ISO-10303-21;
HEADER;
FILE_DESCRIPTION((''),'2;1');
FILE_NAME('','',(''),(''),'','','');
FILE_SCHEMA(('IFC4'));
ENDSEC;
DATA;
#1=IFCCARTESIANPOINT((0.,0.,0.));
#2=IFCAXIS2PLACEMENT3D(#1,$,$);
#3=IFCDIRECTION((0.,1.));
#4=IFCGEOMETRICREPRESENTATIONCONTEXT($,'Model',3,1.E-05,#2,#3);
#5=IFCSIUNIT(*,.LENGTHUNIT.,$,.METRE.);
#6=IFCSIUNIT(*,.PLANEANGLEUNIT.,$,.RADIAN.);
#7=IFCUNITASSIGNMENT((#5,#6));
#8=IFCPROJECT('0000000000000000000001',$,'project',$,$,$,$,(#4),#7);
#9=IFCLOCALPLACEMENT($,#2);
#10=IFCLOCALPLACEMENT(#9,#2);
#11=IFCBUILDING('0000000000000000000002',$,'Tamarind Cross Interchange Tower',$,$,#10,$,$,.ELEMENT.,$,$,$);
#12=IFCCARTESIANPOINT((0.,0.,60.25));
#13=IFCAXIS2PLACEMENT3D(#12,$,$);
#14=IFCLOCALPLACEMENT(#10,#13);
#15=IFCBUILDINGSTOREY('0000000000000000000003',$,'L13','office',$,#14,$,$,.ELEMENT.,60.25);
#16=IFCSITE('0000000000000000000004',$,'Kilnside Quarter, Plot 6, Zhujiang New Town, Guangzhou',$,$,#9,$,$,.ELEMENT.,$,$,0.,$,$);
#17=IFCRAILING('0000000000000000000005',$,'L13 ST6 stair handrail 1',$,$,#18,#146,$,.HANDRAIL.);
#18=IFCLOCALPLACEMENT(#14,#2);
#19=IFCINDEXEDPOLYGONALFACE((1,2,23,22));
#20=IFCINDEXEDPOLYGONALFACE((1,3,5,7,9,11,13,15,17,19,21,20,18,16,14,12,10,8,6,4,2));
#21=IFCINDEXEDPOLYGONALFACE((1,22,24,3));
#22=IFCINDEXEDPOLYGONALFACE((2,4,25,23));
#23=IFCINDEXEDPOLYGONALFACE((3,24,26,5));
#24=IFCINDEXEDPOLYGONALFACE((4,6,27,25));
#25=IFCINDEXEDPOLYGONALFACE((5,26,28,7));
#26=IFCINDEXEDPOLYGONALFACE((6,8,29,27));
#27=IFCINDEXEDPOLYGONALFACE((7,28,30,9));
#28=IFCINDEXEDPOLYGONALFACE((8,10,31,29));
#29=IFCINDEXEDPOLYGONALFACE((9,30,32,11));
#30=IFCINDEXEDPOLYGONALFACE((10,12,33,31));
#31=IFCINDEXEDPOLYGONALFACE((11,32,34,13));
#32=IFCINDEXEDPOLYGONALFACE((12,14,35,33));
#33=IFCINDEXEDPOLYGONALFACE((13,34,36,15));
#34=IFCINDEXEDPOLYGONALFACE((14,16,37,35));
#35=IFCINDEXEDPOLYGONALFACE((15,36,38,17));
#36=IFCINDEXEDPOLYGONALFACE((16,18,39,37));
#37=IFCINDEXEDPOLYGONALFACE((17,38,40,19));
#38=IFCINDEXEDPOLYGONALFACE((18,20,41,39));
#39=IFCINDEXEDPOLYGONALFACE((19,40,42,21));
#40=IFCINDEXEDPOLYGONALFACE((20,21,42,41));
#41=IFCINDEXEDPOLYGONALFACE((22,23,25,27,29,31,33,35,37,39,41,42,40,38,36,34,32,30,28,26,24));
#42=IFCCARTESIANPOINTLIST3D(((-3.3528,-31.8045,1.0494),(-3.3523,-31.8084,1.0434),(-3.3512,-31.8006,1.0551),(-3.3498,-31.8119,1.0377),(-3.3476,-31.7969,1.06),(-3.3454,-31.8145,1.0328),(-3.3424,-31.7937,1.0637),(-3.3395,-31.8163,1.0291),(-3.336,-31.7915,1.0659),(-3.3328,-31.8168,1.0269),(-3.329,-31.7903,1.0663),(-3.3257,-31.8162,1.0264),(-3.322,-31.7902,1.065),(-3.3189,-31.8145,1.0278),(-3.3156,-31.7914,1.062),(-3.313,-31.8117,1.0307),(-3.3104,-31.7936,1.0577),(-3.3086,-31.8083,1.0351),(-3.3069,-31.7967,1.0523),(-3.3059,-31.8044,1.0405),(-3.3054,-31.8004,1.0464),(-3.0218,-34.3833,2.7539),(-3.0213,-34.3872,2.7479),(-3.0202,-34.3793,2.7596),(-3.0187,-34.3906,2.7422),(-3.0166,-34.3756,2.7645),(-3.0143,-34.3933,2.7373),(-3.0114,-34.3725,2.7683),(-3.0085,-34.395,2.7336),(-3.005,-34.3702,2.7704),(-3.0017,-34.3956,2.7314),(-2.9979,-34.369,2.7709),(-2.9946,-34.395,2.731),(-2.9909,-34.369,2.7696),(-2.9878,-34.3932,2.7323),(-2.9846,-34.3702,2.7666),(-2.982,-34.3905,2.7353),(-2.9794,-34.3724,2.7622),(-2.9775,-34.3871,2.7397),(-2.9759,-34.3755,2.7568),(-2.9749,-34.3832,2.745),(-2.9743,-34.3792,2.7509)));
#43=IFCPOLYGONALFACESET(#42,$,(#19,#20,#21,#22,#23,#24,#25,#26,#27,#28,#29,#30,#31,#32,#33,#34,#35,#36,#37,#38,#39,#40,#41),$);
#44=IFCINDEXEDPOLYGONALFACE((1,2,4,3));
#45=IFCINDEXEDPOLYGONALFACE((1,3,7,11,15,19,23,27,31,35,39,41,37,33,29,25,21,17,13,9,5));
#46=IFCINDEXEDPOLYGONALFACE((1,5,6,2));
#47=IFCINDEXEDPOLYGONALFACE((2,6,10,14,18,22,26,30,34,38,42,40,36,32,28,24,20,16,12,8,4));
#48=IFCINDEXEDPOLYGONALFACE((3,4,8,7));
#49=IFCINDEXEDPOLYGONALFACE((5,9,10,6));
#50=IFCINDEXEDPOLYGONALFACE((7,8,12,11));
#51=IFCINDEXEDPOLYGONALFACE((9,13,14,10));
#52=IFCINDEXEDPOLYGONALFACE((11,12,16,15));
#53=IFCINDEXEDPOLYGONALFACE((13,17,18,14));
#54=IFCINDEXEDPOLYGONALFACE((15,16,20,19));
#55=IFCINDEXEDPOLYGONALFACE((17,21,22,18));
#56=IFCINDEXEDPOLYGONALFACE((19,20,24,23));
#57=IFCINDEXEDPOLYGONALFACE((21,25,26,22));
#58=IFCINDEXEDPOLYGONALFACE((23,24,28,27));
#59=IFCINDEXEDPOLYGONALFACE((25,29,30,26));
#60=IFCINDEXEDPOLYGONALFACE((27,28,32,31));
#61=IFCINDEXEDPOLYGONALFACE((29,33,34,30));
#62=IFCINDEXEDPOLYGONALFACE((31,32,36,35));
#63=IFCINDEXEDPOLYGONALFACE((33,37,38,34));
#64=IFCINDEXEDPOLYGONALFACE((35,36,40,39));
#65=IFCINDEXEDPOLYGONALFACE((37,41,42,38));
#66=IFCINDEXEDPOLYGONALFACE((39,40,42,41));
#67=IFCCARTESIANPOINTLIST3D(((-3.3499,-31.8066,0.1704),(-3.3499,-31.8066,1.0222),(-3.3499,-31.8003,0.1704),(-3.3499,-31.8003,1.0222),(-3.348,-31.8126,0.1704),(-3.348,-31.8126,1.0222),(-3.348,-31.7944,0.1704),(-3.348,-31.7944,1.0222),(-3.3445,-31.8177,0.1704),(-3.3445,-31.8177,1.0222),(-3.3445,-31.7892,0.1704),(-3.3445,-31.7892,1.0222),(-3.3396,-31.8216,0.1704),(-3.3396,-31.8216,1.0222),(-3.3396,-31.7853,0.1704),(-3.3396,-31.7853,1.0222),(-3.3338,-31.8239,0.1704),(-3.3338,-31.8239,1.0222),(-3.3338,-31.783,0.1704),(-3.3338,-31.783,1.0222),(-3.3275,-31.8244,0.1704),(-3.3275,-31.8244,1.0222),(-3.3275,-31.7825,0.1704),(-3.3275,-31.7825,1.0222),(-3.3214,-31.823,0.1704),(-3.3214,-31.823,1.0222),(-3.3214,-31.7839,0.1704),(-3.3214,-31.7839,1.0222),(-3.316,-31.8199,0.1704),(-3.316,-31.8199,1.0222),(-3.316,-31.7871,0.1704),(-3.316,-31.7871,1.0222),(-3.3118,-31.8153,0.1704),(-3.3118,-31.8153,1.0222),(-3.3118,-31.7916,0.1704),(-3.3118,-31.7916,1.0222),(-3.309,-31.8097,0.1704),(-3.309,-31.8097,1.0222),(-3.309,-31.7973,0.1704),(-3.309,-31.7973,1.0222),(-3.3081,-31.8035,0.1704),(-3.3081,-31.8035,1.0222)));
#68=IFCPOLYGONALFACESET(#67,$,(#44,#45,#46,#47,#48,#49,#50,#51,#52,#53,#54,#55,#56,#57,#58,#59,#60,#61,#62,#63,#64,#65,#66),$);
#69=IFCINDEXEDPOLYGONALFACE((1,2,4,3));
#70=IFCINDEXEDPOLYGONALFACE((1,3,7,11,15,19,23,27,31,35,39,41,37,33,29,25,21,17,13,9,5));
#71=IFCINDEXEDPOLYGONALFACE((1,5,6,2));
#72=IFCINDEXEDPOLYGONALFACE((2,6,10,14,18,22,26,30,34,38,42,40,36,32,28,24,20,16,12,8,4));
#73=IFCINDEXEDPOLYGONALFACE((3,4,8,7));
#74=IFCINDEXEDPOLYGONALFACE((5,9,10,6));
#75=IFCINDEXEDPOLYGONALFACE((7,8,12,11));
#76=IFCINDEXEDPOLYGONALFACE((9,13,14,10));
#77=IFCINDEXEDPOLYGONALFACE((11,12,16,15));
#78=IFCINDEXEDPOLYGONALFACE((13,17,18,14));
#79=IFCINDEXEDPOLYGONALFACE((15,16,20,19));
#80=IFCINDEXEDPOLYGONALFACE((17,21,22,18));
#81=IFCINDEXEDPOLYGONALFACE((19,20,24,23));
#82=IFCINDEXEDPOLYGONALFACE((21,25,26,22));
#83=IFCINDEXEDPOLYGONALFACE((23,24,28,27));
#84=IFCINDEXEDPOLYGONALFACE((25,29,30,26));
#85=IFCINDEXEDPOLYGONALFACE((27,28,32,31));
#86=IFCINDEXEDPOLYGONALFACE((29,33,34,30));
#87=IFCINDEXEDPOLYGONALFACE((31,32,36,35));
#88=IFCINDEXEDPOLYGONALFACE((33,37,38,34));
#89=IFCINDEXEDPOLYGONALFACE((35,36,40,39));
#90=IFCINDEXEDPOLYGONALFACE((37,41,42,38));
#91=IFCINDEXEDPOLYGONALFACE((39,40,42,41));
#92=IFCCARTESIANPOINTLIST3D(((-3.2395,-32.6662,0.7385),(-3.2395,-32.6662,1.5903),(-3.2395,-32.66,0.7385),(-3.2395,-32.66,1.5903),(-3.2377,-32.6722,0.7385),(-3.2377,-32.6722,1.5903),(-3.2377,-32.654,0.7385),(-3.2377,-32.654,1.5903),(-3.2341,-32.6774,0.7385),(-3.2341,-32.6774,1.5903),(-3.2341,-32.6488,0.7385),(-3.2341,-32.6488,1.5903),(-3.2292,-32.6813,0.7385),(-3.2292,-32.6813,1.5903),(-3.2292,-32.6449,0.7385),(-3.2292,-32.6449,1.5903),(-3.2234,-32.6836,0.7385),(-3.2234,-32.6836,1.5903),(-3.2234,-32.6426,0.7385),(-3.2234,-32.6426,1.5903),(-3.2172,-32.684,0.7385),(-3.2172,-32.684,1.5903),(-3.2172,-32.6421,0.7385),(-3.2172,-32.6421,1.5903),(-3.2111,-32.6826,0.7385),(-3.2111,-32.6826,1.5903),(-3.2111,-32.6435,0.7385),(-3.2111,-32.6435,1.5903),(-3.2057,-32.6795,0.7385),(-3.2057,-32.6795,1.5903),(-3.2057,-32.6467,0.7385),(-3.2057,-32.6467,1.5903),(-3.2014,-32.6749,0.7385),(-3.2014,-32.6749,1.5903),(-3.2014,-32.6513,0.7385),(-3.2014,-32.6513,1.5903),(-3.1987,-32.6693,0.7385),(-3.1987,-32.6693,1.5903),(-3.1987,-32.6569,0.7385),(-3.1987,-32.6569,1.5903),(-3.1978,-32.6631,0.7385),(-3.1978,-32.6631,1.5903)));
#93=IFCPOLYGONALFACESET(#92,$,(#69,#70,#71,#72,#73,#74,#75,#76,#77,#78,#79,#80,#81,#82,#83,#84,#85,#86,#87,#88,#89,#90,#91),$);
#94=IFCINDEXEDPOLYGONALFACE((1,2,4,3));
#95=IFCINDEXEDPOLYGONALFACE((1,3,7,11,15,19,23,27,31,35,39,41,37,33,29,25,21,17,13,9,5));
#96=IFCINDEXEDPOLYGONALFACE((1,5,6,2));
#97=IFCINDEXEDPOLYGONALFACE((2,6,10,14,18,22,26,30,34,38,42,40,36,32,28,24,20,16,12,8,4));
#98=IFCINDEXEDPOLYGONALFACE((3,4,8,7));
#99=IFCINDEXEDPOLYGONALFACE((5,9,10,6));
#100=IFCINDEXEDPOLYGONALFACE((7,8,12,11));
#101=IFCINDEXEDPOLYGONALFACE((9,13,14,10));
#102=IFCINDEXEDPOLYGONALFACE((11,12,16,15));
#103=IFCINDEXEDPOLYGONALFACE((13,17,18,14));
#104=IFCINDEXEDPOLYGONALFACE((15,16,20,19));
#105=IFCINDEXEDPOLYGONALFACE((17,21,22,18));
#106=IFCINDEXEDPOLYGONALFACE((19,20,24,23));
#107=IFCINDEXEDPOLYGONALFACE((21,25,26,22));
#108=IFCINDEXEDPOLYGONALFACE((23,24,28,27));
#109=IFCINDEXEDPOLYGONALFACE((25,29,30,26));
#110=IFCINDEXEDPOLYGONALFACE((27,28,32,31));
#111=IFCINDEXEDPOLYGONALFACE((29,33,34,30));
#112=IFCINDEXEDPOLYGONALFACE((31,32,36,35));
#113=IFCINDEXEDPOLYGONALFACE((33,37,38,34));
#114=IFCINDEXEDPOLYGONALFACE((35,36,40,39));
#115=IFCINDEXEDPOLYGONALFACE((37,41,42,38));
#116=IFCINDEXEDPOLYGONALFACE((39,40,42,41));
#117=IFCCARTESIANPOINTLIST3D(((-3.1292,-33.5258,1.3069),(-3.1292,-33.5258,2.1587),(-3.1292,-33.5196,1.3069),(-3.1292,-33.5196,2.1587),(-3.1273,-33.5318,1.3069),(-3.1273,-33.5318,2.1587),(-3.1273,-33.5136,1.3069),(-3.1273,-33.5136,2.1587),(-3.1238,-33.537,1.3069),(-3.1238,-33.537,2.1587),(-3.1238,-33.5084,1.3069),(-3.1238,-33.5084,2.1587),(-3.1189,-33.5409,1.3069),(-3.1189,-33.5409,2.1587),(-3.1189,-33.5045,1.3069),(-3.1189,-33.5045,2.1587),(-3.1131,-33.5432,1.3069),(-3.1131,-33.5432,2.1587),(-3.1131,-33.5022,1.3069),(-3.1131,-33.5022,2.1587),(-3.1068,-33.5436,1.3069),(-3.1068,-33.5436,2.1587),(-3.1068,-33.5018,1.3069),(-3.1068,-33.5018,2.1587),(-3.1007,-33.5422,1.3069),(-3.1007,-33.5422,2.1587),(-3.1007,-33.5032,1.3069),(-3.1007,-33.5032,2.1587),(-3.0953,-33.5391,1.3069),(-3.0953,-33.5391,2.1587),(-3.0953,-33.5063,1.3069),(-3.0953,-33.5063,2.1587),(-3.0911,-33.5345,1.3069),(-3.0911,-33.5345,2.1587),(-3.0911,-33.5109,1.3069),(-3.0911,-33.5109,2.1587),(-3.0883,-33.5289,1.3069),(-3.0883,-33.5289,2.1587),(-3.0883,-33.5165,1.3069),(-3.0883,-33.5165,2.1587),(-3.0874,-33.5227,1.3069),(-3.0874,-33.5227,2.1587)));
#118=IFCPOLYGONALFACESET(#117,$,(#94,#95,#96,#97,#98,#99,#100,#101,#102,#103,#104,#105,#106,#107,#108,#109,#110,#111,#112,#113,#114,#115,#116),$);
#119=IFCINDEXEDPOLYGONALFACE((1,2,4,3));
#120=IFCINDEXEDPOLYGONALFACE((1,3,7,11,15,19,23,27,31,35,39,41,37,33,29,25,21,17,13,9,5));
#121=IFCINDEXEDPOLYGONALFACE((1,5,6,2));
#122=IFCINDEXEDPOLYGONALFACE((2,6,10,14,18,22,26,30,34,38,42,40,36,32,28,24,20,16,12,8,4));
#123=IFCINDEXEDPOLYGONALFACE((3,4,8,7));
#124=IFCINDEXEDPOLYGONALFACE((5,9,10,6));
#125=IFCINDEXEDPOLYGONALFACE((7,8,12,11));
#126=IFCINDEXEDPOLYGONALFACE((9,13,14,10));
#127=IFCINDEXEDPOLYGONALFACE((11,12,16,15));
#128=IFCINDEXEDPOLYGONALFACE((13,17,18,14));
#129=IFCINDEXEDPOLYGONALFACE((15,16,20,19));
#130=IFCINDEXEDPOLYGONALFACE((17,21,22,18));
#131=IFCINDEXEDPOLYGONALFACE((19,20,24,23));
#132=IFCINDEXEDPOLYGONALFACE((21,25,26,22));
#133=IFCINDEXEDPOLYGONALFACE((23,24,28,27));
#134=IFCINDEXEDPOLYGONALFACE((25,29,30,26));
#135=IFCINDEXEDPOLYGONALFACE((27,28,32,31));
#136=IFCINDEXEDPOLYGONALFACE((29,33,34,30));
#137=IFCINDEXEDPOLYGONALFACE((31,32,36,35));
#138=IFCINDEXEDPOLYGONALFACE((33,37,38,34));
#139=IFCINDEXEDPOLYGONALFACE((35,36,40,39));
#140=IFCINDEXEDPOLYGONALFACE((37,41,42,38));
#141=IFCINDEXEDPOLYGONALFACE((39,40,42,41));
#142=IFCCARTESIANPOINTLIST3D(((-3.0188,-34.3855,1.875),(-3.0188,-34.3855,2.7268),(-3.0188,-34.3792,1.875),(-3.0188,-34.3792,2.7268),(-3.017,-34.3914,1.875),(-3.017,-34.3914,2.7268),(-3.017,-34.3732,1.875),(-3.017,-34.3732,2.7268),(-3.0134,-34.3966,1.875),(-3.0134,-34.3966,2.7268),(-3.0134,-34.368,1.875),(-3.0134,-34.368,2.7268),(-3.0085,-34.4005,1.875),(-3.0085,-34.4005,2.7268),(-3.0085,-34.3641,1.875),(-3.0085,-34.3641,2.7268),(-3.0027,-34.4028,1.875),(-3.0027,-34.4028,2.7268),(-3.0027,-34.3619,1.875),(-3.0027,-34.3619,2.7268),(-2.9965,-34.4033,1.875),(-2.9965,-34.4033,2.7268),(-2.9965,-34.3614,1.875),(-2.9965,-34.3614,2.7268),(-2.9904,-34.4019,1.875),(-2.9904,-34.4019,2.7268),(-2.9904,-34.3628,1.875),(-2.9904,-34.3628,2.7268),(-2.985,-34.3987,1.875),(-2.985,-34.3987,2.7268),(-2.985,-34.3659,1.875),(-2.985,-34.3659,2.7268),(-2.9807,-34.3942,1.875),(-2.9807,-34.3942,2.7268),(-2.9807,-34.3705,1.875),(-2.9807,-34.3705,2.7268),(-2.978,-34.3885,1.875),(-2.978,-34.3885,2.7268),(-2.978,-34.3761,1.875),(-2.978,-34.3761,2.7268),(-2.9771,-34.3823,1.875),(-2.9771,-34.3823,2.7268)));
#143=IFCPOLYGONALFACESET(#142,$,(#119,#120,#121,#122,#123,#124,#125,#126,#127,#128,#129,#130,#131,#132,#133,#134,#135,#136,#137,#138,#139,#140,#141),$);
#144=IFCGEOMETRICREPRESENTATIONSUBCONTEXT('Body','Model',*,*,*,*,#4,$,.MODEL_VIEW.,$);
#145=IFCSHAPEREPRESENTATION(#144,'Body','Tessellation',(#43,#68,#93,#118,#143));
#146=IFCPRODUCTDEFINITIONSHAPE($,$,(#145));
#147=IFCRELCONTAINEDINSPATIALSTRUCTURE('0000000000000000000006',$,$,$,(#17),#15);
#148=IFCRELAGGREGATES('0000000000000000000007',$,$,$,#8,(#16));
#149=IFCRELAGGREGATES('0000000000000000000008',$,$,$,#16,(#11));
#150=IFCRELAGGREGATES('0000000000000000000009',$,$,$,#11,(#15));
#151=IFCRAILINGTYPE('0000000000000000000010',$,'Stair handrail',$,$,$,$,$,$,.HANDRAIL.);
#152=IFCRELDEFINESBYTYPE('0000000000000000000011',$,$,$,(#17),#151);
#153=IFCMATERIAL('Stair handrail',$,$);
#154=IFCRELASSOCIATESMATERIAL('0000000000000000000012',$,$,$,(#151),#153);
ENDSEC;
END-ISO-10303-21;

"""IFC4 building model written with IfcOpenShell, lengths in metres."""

from ifc_helpers import new_model, si_unit, direction, frame, origin, origin_2d, place, context, subcontext, project, spatial, circle, extrude, material, type_object, element, save


model = new_model("IFC4")

# Units and contexts
model_context = context("Model", 3, precision=1e-05, world=origin(), true_north=direction((0.0, 1.0)))
body_context = subcontext(model_context, "Body", "Model", "MODEL_VIEW")
ifc_project = project(units=[si_unit("LENGTHUNIT", "METRE"), si_unit("PLANEANGLEUNIT", "RADIAN")], contexts=[model_context])

# Site, building, storey
site_placement = place(None, origin())
site = spatial("IfcSite", under=ifc_project, at=site_placement, Name="Kilnside Quarter, Plot 6, Zhujiang New Town, Guangzhou", CompositionType="ELEMENT", RefElevation=0.0)
building_placement = place(site_placement, origin())
building = spatial("IfcBuilding", under=site, at=building_placement, Name="Tamarind Cross Interchange Tower", CompositionType="ELEMENT")
storey_placement = place(building_placement, frame((0.0, 0.0, 60.25)))
storey = spatial("IfcBuildingStorey", under=building, at=storey_placement, Name="L13", Description="office", CompositionType="ELEMENT", Elevation=60.25)

# Railing
ifc_material_1 = material(Name="Stair handrail")
railing_type_1 = type_object("IfcRailingType", Name="Stair handrail", PredefinedType="HANDRAIL", material=ifc_material_1)
railing_1_placement = place(storey_placement, frame((-3.3291, -31.8035, 0.1704)))
element("IfcRailing", 1, at=railing_1_placement, inside=storey, type_object=railing_type_1, Name="L13 ST6 stair handrail 1", PredefinedType="HANDRAIL", context=body_context, shape_type="SweptSolid", body=[
    extrude(circle(Radius=0.0239, at=origin_2d()), frame((0.0, 0.0, 0.876), z_axis=(0.106484, -0.829488, 0.54828), x_axis=(0.991861, 0.127328, 0.0)), (0.0, 0.0, 1.0), 3.1089),
    extrude(circle(Radius=0.021, at=origin_2d()), origin(), (0.0, 0.0, 1.0), 0.8518),
    extrude(circle(Radius=0.021, at=origin_2d()), frame((0.1104, -0.8596, 0.5681)), (0.0, 0.0, 1.0), 0.8518),
    extrude(circle(Radius=0.021, at=origin_2d()), frame((0.2207, -1.7192, 1.1365)), (0.0, 0.0, 1.0), 0.8518),
    extrude(circle(Radius=0.021, at=origin_2d()), frame((0.3311, -2.5789, 1.7046)), (0.0, 0.0, 1.0), 0.8518),
])

save(model, "model.ifc")
